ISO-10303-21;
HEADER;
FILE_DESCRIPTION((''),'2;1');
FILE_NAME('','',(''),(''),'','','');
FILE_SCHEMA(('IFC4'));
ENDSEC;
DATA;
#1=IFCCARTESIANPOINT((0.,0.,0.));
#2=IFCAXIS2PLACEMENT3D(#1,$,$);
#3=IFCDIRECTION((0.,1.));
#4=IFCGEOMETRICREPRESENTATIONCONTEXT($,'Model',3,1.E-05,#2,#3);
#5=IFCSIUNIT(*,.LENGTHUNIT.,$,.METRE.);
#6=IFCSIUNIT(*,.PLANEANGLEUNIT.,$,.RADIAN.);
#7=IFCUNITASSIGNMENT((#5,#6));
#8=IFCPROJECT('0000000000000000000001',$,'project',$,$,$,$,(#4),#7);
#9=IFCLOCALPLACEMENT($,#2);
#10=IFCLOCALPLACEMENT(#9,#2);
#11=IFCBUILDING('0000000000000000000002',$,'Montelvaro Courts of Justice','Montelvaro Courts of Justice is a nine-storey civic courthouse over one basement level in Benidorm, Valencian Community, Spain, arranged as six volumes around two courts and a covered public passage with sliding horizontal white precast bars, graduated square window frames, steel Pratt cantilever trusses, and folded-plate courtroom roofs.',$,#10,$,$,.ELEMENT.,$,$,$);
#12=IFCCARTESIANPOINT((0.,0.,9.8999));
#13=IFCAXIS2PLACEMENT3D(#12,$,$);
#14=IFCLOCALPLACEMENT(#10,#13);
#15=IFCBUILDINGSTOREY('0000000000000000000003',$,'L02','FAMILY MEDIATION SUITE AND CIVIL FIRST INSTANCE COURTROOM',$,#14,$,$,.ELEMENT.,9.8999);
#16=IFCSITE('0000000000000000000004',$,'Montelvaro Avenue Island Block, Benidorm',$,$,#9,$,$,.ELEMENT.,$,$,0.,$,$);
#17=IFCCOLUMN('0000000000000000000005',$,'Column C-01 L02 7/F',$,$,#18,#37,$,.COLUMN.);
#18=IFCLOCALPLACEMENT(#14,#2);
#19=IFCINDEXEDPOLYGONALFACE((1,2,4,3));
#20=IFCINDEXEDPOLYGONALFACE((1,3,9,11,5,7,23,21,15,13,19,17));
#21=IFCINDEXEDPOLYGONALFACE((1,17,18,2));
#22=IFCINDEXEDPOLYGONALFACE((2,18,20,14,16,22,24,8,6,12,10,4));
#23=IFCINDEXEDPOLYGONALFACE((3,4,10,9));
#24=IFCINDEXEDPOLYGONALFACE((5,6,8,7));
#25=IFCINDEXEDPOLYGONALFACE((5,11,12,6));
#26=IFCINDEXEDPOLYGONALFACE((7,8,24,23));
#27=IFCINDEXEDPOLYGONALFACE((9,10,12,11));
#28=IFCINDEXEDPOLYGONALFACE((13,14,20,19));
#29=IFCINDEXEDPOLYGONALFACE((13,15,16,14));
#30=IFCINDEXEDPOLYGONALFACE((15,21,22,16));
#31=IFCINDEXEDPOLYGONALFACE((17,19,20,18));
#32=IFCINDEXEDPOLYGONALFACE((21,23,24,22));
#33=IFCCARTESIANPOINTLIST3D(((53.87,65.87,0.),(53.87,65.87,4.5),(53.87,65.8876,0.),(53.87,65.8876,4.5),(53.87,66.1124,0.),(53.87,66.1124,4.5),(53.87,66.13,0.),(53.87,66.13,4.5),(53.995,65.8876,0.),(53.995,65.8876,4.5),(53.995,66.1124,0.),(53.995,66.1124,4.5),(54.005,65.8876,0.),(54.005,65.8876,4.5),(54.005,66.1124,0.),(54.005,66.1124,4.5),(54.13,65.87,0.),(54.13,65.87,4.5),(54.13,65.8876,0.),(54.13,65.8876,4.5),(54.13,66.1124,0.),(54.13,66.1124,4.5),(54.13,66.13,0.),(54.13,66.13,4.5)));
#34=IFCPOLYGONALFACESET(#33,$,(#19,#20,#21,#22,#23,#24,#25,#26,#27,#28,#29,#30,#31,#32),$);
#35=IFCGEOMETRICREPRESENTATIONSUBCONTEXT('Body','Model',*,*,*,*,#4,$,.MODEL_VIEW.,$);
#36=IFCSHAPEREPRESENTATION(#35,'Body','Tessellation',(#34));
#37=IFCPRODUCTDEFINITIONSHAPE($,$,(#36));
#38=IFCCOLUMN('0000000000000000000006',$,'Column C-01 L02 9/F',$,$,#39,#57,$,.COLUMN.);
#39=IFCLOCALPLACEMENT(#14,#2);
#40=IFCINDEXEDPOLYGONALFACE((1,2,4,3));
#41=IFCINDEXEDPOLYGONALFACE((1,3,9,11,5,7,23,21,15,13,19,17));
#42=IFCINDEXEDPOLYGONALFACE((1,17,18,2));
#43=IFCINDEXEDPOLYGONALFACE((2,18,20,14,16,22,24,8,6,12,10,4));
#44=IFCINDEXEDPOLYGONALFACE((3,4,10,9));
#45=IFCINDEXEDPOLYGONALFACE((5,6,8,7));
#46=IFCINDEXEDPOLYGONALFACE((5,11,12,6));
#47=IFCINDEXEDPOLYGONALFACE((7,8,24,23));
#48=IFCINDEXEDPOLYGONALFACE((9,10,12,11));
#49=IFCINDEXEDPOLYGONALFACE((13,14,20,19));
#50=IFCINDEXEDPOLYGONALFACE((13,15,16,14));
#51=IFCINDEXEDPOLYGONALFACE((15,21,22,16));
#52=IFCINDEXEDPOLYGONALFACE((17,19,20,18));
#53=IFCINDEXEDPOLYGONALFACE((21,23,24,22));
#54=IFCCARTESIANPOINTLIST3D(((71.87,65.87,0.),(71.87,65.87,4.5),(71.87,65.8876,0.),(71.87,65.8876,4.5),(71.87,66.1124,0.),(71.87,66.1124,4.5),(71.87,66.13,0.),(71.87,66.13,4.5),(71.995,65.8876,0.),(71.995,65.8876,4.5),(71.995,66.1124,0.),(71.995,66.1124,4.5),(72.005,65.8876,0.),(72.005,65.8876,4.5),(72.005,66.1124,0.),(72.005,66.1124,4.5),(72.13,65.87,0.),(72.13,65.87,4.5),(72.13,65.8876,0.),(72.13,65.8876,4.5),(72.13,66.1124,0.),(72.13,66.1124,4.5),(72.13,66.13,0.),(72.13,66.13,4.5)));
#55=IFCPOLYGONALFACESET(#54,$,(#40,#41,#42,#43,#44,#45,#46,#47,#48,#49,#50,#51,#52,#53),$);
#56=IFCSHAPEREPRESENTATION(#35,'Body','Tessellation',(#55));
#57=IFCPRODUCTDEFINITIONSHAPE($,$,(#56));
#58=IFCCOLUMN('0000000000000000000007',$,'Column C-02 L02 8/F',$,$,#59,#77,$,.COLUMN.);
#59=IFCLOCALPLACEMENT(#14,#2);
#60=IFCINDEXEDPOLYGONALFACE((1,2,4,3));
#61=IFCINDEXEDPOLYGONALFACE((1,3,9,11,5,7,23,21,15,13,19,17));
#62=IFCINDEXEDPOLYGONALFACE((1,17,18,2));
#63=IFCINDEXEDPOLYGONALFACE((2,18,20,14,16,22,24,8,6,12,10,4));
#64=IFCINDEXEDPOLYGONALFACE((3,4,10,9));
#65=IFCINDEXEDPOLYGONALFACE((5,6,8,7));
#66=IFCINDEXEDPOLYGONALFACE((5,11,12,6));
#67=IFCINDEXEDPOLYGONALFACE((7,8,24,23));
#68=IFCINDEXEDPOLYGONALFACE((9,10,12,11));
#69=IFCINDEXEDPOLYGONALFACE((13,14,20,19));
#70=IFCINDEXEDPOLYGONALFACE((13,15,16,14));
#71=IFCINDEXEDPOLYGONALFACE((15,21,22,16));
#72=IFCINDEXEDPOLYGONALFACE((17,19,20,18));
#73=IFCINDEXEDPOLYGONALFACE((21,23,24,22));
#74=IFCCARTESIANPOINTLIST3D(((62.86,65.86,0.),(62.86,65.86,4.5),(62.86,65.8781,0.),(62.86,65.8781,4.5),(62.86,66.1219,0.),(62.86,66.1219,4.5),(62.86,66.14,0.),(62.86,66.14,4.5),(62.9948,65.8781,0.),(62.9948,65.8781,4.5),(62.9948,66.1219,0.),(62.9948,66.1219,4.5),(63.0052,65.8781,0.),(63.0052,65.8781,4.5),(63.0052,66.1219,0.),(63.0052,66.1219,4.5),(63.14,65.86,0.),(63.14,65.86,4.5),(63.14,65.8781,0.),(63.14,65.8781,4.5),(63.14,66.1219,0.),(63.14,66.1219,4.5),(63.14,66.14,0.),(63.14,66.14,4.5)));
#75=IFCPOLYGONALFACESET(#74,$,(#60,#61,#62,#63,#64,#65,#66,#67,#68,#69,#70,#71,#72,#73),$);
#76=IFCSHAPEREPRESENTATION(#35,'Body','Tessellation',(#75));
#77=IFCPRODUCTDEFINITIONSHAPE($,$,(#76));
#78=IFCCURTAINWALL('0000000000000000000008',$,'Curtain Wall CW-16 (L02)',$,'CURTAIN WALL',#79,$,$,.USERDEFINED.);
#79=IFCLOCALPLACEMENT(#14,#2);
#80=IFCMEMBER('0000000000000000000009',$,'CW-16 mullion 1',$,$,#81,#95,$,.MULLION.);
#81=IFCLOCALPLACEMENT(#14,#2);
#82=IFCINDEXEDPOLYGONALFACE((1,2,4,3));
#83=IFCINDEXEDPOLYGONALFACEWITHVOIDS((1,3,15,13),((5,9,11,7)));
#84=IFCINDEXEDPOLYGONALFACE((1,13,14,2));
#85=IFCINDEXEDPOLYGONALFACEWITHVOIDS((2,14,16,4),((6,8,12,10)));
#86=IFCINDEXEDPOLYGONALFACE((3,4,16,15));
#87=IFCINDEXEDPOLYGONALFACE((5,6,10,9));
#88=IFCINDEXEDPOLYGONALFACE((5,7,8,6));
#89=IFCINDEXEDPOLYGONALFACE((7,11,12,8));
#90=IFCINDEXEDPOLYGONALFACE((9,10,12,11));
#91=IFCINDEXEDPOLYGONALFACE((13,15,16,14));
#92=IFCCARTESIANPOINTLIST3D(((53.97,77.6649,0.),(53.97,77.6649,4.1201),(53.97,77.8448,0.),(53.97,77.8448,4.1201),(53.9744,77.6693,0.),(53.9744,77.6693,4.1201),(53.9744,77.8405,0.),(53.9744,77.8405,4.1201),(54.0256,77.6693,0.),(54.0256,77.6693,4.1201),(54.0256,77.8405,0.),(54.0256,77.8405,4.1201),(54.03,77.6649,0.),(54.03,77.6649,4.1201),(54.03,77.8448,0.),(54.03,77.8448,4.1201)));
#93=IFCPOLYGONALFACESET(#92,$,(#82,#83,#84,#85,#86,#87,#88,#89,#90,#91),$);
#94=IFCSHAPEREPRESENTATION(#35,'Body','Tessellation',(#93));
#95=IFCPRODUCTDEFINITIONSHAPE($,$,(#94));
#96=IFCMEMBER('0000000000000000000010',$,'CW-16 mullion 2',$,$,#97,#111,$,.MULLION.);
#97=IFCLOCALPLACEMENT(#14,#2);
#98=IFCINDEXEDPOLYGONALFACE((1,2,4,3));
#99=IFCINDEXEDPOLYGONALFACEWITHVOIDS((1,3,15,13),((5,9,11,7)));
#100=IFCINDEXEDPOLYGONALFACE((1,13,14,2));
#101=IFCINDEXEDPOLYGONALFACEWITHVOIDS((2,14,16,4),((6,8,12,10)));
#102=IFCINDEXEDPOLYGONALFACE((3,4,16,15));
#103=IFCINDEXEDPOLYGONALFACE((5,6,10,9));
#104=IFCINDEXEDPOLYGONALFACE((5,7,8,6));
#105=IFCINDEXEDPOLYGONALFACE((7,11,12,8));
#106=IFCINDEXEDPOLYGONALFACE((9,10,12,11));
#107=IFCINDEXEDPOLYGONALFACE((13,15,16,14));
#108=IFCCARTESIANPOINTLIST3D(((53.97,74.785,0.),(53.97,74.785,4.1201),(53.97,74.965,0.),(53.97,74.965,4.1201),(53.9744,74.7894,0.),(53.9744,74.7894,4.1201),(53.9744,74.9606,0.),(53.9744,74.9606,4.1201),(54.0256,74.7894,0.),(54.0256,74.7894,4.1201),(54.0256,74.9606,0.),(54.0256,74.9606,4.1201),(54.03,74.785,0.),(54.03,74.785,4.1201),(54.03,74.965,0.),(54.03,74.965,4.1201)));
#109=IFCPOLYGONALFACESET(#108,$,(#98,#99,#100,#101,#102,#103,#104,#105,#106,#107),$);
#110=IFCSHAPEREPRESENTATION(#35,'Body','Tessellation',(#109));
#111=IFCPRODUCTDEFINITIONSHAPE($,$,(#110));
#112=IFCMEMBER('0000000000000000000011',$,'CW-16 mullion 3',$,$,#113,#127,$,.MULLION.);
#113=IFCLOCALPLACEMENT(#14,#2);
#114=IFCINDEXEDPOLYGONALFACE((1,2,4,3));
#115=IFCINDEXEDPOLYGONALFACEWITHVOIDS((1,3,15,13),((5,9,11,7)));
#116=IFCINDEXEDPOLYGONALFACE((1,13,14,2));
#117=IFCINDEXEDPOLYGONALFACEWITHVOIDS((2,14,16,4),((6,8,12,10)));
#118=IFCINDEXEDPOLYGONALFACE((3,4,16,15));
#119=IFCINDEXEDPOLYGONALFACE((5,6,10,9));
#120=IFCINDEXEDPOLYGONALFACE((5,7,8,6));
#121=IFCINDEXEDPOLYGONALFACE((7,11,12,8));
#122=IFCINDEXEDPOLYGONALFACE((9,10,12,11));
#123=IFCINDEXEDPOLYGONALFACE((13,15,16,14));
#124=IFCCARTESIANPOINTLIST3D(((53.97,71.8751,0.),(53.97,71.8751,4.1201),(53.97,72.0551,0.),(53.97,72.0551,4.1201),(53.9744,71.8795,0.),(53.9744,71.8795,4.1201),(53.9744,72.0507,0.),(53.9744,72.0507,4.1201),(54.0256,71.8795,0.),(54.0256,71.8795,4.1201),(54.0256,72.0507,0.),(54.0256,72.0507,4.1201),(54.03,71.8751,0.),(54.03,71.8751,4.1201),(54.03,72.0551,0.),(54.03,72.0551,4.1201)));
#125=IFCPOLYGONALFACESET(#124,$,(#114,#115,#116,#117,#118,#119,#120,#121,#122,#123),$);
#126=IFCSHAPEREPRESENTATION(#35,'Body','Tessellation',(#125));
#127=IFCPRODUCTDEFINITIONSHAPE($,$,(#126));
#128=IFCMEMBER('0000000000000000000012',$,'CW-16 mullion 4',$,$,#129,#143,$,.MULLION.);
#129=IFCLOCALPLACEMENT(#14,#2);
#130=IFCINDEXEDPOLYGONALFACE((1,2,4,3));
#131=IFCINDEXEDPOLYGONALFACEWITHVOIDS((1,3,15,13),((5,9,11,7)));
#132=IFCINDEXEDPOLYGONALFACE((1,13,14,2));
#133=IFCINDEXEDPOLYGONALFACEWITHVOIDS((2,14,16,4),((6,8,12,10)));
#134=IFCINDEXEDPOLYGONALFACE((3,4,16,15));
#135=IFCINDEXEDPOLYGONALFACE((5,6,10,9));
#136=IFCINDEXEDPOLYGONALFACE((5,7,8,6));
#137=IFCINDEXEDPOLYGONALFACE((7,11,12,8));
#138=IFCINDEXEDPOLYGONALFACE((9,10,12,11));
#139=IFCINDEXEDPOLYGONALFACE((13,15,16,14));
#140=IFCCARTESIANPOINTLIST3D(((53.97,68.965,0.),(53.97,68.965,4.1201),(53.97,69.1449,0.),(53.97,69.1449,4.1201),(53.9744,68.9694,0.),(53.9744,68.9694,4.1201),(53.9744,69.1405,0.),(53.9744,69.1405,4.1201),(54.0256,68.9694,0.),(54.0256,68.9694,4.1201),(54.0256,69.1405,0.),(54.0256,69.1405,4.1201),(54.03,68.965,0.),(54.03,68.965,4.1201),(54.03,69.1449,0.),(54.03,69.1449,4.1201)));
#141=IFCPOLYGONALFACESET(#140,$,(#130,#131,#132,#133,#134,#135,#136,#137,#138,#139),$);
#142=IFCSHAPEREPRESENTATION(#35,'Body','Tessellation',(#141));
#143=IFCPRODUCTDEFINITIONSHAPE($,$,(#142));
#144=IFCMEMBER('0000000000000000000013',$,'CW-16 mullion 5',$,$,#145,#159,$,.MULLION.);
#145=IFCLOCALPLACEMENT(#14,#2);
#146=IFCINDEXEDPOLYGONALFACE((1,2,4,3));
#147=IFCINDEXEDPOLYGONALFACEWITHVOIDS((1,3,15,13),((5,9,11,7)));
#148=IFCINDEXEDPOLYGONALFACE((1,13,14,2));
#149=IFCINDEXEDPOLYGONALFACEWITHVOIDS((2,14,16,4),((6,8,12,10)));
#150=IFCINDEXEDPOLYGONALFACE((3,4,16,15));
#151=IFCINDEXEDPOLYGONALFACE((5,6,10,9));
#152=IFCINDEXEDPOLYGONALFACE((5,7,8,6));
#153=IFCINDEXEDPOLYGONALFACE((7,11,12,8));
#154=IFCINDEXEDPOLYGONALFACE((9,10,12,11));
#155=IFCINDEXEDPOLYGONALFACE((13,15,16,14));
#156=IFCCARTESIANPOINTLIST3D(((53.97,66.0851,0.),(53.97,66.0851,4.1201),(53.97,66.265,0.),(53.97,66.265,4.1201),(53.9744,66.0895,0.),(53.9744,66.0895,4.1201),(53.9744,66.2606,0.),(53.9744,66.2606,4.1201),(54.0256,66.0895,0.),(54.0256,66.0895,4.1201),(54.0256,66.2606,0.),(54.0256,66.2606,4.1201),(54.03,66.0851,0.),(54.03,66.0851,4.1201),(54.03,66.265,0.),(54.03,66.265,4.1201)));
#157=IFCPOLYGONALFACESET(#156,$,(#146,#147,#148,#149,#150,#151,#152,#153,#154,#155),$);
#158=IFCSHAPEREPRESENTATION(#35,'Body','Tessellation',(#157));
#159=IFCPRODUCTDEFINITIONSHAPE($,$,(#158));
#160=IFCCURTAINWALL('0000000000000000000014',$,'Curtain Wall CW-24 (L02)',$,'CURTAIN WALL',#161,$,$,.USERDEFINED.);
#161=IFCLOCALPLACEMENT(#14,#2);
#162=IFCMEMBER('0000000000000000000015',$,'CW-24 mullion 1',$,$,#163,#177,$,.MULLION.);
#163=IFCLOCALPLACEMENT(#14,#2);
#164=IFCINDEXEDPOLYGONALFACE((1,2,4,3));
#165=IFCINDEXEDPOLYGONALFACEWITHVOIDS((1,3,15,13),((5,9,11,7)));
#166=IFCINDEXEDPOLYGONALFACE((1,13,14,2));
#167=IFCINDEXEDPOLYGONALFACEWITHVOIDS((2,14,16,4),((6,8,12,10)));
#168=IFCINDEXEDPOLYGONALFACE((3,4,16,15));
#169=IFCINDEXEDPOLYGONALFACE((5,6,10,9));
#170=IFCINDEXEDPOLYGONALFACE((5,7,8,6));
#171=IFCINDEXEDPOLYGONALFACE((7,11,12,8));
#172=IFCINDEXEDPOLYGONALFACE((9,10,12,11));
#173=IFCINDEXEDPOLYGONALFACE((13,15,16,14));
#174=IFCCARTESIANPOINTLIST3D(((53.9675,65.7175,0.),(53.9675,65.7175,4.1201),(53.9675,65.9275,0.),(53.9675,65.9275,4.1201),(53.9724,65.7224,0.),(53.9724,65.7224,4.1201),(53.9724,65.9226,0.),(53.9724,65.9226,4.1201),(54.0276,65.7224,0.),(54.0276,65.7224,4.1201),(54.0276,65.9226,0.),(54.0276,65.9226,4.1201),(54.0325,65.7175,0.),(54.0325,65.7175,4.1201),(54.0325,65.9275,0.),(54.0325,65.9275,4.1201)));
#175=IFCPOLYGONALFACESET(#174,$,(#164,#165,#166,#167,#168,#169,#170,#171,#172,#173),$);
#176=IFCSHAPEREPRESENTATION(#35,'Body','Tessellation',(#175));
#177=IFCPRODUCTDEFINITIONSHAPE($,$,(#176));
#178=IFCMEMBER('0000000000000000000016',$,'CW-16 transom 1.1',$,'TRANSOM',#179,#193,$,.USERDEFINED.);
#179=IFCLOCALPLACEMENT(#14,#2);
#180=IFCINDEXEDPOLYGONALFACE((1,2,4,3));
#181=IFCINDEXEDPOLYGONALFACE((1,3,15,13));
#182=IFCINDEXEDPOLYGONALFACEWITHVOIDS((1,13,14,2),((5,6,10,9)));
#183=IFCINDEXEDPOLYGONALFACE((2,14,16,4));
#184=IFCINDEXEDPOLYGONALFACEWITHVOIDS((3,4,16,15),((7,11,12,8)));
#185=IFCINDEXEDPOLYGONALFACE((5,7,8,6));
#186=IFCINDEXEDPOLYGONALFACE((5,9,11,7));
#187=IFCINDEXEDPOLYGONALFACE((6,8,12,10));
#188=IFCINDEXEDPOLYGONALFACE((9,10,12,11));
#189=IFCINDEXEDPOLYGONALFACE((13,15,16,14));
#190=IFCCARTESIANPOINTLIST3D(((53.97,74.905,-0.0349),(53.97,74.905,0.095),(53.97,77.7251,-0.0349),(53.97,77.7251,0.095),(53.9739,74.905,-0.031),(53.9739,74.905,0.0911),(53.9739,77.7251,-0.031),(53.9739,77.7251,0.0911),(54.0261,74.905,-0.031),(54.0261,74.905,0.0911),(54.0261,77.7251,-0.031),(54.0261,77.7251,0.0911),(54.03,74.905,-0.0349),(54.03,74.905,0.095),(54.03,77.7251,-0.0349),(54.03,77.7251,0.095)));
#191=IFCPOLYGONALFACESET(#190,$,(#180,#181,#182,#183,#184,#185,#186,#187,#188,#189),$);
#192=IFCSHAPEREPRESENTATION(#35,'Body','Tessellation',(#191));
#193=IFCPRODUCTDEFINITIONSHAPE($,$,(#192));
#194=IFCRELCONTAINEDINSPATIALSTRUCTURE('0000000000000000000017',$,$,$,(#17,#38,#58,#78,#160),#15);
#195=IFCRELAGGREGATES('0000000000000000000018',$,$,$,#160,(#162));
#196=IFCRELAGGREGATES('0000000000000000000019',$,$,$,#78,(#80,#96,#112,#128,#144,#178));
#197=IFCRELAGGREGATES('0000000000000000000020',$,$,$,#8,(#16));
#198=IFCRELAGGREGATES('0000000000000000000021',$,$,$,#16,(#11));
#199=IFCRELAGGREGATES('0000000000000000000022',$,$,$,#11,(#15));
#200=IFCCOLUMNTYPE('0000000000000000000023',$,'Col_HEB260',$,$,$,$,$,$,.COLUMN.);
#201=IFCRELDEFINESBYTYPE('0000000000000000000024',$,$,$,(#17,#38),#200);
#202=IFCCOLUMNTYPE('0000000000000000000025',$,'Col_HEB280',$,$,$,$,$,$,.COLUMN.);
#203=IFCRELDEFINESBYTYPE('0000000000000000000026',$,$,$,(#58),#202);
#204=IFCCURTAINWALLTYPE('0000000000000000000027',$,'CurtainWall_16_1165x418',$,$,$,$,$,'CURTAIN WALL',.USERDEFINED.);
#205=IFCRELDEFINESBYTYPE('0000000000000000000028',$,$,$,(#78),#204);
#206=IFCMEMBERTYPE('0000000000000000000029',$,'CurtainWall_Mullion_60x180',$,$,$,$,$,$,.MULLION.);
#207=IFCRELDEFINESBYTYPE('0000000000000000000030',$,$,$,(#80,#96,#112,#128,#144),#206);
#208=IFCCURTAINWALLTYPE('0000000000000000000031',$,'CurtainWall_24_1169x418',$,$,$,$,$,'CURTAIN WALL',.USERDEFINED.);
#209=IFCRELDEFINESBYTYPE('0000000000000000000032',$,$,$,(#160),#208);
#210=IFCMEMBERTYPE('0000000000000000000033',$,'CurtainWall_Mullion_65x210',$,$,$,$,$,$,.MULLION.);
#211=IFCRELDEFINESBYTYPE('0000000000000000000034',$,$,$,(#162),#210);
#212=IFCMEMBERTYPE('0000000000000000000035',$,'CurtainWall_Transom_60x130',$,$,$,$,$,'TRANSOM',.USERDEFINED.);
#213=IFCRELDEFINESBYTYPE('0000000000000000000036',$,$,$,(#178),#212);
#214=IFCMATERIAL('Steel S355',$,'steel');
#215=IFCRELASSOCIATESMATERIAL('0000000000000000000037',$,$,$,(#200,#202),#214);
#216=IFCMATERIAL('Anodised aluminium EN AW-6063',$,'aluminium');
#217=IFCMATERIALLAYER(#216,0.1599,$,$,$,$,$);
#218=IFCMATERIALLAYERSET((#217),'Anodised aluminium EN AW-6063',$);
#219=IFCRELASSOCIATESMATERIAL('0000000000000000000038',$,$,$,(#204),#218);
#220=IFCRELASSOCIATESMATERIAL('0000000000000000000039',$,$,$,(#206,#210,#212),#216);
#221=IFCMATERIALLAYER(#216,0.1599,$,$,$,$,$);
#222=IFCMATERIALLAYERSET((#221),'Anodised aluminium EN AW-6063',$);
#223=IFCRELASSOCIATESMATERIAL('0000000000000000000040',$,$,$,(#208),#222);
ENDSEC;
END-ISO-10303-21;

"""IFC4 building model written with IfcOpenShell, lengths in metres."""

from ifc_helpers import new_model, si_unit, direction, frame, origin, origin_2d, place, context, subcontext, project, spatial, hollow_rectangle, i_section, extrude, material, layer, layer_set, material_profile, profile_set, type_object, element, aggregate, save


model = new_model("IFC4")

# Units and contexts
model_context = context("Model", 3, precision=1e-05, world=origin(), true_north=direction((0.0, 1.0)))
body_context = subcontext(model_context, "Body", "Model", "MODEL_VIEW")
ifc_project = project(units=[si_unit("LENGTHUNIT", "METRE"), si_unit("PLANEANGLEUNIT", "RADIAN")], contexts=[model_context])

# Site, building, storey
site_placement = place(None, origin())
site = spatial("IfcSite", under=ifc_project, at=site_placement, Name="Montelvaro Avenue Island Block, Benidorm", CompositionType="ELEMENT", RefElevation=0.0)
building_placement = place(site_placement, origin())
building = spatial("IfcBuilding", under=site, at=building_placement, Name="Montelvaro Courts of Justice", Description="Montelvaro Courts of Justice is a nine-storey civic courthouse over one basement level in Benidorm, Valencian Community, Spain, arranged as six volumes around two courts and a covered public passage with sliding horizontal white precast bars, graduated square window frames, steel Pratt cantilever trusses, and folded-plate courtroom roofs.", CompositionType="ELEMENT")
storey_placement = place(building_placement, frame((0.0, 0.0, 9.8999)))
storey = spatial("IfcBuildingStorey", under=building, at=storey_placement, Name="L02", Description="FAMILY MEDIATION SUITE AND CIVIL FIRST INSTANCE COURTROOM", CompositionType="ELEMENT", Elevation=9.8999)

# Columns
ifc_material_1 = material(Name="Steel S355", Category="steel")
ifc_material_profile_1 = material_profile(ifc_material_1, i_section(OverallWidth=0.26, OverallDepth=0.26, WebThickness=0.01, FlangeThickness=0.0176, at=origin_2d()), Name="HEB 260")
ifc_profile_set_1 = profile_set([ifc_material_profile_1], Name="Steel S355")
column_type_1 = type_object("IfcColumnType", Name="Col_HEB260", PredefinedType="COLUMN", material=ifc_profile_set_1)
for number, where, z_axis, x_axis, name in (
    (1, (54.0, 66.0, 0.0), (0.0, 0.0, 1.0), (1.0, 0.0, 0.0), "Column C-01 L02 7/F"),
    (2, (72.0, 66.0, 0.0), (0.0, 0.0, 1.0), (1.0, 0.0, 0.0), "Column C-01 L02 9/F"),
):
    element("IfcColumn", number, at=place(storey_placement, frame(where, z_axis=z_axis, x_axis=x_axis)), inside=storey, type_object=column_type_1, Name=name, PredefinedType="COLUMN", context=body_context, shape_type="SweptSolid", body=[
        extrude(i_section(OverallWidth=0.26, OverallDepth=0.26, WebThickness=0.01, FlangeThickness=0.0176, at=origin_2d()), origin(), (0.0, 0.0, 1.0), 4.5),
    ])
ifc_material_profile_2 = material_profile(ifc_material_1, i_section(OverallWidth=0.28, OverallDepth=0.28, WebThickness=0.0105, FlangeThickness=0.0181, at=origin_2d()), Name="HEB 280")
ifc_profile_set_2 = profile_set([ifc_material_profile_2], Name="Steel S355")
column_type_2 = type_object("IfcColumnType", Name="Col_HEB280", PredefinedType="COLUMN", material=ifc_profile_set_2)
column_placement = place(storey_placement, frame((63.0, 66.0, 0.0), z_axis=(0.0, 0.0, 1.0), x_axis=(1.0, 0.0, 0.0)))
element("IfcColumn", 3, at=column_placement, inside=storey, type_object=column_type_2, Name="Column C-02 L02 8/F", PredefinedType="COLUMN", context=body_context, shape_type="SweptSolid", body=[
    extrude(i_section(OverallWidth=0.28, OverallDepth=0.28, WebThickness=0.0105, FlangeThickness=0.0181, at=origin_2d()), origin(), (0.0, 0.0, 1.0), 4.5),
])

# Curtain wall, members
ifc_material_2 = material(Name="Anodised aluminium EN AW-6063", Category="aluminium")
ifc_layer_1 = layer(ifc_material_2, 0.1599)
ifc_layer_set_1 = layer_set([ifc_layer_1], Name="Anodised aluminium EN AW-6063")
curtain_wall_type_1 = type_object("IfcCurtainWallType", Name="CurtainWall_16_1165x418", ElementType="CURTAIN WALL", PredefinedType="USERDEFINED", material=ifc_layer_set_1)
curtain_wall_1_placement = place(storey_placement, origin())
curtain_wall_1 = element("IfcCurtainWall", 4, at=curtain_wall_1_placement, inside=storey, type_object=curtain_wall_type_1, Name="Curtain Wall CW-16 (L02)", ObjectType="CURTAIN WALL", PredefinedType="USERDEFINED")
ifc_material_profile_3 = material_profile(ifc_material_2, hollow_rectangle(XDim=0.0601, YDim=0.1799, WallThickness=0.0044, at=origin_2d()), Name="ALU-M 60x180")
ifc_profile_set_3 = profile_set([ifc_material_profile_3], Name="Anodised aluminium EN AW-6063")
member_type_1 = type_object("IfcMemberType", Name="CurtainWall_Mullion_60x180", PredefinedType="MULLION", material=ifc_profile_set_3)
member_1_placement = place(storey_placement, frame((54.0, 77.7549, 0.0), z_axis=(0.0, 0.0, 1.0), x_axis=(1.0, 0.0, 0.0)))
member_1 = element("IfcMember", 5, at=member_1_placement, type_object=member_type_1, Name="CW-16 mullion 1", PredefinedType="MULLION", context=body_context, shape_type="SweptSolid", body=[
    extrude(hollow_rectangle(XDim=0.0601, YDim=0.1799, WallThickness=0.0044, at=origin_2d()), origin(), (0.0, 0.0, 1.0), 4.1201),
])
member_2_placement = place(storey_placement, frame((54.0, 74.875, 0.0), z_axis=(0.0, 0.0, 1.0), x_axis=(1.0, 0.0, 0.0)))
member_2 = element("IfcMember", 6, at=member_2_placement, type_object=member_type_1, Name="CW-16 mullion 2", PredefinedType="MULLION", context=body_context, shape_type="SweptSolid", body=[
    extrude(hollow_rectangle(XDim=0.0601, YDim=0.1799, WallThickness=0.0044, at=origin_2d()), origin(), (0.0, 0.0, 1.0), 4.1201),
])
member_3_placement = place(storey_placement, frame((54.0, 71.9651, 0.0), z_axis=(0.0, 0.0, 1.0), x_axis=(1.0, 0.0, 0.0)))
member_3 = element("IfcMember", 7, at=member_3_placement, type_object=member_type_1, Name="CW-16 mullion 3", PredefinedType="MULLION", context=body_context, shape_type="SweptSolid", body=[
    extrude(hollow_rectangle(XDim=0.0601, YDim=0.1799, WallThickness=0.0044, at=origin_2d()), origin(), (0.0, 0.0, 1.0), 4.1201),
])
member_4_placement = place(storey_placement, frame((54.0, 69.0549, 0.0), z_axis=(0.0, 0.0, 1.0), x_axis=(1.0, 0.0, 0.0)))
member_4 = element("IfcMember", 8, at=member_4_placement, type_object=member_type_1, Name="CW-16 mullion 4", PredefinedType="MULLION", context=body_context, shape_type="SweptSolid", body=[
    extrude(hollow_rectangle(XDim=0.0601, YDim=0.1799, WallThickness=0.0044, at=origin_2d()), origin(), (0.0, 0.0, 1.0), 4.1201),
])
member_5_placement = place(storey_placement, frame((54.0, 66.175, 0.0), z_axis=(0.0, 0.0, 1.0), x_axis=(1.0, 0.0, 0.0)))
member_5 = element("IfcMember", 9, at=member_5_placement, type_object=member_type_1, Name="CW-16 mullion 5", PredefinedType="MULLION", context=body_context, shape_type="SweptSolid", body=[
    extrude(hollow_rectangle(XDim=0.0601, YDim=0.1799, WallThickness=0.0044, at=origin_2d()), origin(), (0.0, 0.0, 1.0), 4.1201),
])

# Curtain wall, member
ifc_layer_2 = layer(ifc_material_2, 0.1599)
ifc_layer_set_2 = layer_set([ifc_layer_2], Name="Anodised aluminium EN AW-6063")
curtain_wall_type_2 = type_object("IfcCurtainWallType", Name="CurtainWall_24_1169x418", ElementType="CURTAIN WALL", PredefinedType="USERDEFINED", material=ifc_layer_set_2)
curtain_wall_2_placement = place(storey_placement, origin())
curtain_wall_2 = element("IfcCurtainWall", 10, at=curtain_wall_2_placement, inside=storey, type_object=curtain_wall_type_2, Name="Curtain Wall CW-24 (L02)", ObjectType="CURTAIN WALL", PredefinedType="USERDEFINED")
ifc_material_profile_4 = material_profile(ifc_material_2, hollow_rectangle(XDim=0.0649, YDim=0.21, WallThickness=0.0049, at=origin_2d()), Name="ALU-M 65x210")
ifc_profile_set_4 = profile_set([ifc_material_profile_4], Name="Anodised aluminium EN AW-6063")
member_type_2 = type_object("IfcMemberType", Name="CurtainWall_Mullion_65x210", PredefinedType="MULLION", material=ifc_profile_set_4)
member_6_placement = place(storey_placement, frame((54.0, 65.8225, 0.0), z_axis=(0.0, 0.0, 1.0), x_axis=(1.0, 0.0, 0.0)))
member_6 = element("IfcMember", 11, at=member_6_placement, type_object=member_type_2, Name="CW-24 mullion 1", PredefinedType="MULLION", context=body_context, shape_type="SweptSolid", body=[
    extrude(hollow_rectangle(XDim=0.0649, YDim=0.21, WallThickness=0.0049, at=origin_2d()), origin(), (0.0, 0.0, 1.0), 4.1201),
])

# Member
ifc_material_profile_5 = material_profile(ifc_material_2, hollow_rectangle(XDim=0.0601, YDim=0.1299, WallThickness=0.0039, at=origin_2d()), Name="ALU-T 60x130")
ifc_profile_set_5 = profile_set([ifc_material_profile_5], Name="Anodised aluminium EN AW-6063")
member_type_3 = type_object("IfcMemberType", Name="CurtainWall_Transom_60x130", ElementType="TRANSOM", PredefinedType="USERDEFINED", material=ifc_profile_set_5)
member_7_placement = place(storey_placement, frame((54.0, 77.7251, 0.03), z_axis=(0.0, -1.0, 0.0), x_axis=(1.0, 0.0, 0.0)))
member_7 = element("IfcMember", 12, at=member_7_placement, type_object=member_type_3, Name="CW-16 transom 1.1", ObjectType="TRANSOM", PredefinedType="USERDEFINED", context=body_context, shape_type="SweptSolid", body=[
    extrude(hollow_rectangle(XDim=0.0601, YDim=0.1299, WallThickness=0.0039, at=origin_2d()), origin(), (0.0, 0.0, 1.0), 2.8201),
])
aggregate(curtain_wall_2, [member_6])

aggregate(curtain_wall_1, [member_1, member_2, member_3, member_4, member_5, member_7])

save(model, "model.ifc")
